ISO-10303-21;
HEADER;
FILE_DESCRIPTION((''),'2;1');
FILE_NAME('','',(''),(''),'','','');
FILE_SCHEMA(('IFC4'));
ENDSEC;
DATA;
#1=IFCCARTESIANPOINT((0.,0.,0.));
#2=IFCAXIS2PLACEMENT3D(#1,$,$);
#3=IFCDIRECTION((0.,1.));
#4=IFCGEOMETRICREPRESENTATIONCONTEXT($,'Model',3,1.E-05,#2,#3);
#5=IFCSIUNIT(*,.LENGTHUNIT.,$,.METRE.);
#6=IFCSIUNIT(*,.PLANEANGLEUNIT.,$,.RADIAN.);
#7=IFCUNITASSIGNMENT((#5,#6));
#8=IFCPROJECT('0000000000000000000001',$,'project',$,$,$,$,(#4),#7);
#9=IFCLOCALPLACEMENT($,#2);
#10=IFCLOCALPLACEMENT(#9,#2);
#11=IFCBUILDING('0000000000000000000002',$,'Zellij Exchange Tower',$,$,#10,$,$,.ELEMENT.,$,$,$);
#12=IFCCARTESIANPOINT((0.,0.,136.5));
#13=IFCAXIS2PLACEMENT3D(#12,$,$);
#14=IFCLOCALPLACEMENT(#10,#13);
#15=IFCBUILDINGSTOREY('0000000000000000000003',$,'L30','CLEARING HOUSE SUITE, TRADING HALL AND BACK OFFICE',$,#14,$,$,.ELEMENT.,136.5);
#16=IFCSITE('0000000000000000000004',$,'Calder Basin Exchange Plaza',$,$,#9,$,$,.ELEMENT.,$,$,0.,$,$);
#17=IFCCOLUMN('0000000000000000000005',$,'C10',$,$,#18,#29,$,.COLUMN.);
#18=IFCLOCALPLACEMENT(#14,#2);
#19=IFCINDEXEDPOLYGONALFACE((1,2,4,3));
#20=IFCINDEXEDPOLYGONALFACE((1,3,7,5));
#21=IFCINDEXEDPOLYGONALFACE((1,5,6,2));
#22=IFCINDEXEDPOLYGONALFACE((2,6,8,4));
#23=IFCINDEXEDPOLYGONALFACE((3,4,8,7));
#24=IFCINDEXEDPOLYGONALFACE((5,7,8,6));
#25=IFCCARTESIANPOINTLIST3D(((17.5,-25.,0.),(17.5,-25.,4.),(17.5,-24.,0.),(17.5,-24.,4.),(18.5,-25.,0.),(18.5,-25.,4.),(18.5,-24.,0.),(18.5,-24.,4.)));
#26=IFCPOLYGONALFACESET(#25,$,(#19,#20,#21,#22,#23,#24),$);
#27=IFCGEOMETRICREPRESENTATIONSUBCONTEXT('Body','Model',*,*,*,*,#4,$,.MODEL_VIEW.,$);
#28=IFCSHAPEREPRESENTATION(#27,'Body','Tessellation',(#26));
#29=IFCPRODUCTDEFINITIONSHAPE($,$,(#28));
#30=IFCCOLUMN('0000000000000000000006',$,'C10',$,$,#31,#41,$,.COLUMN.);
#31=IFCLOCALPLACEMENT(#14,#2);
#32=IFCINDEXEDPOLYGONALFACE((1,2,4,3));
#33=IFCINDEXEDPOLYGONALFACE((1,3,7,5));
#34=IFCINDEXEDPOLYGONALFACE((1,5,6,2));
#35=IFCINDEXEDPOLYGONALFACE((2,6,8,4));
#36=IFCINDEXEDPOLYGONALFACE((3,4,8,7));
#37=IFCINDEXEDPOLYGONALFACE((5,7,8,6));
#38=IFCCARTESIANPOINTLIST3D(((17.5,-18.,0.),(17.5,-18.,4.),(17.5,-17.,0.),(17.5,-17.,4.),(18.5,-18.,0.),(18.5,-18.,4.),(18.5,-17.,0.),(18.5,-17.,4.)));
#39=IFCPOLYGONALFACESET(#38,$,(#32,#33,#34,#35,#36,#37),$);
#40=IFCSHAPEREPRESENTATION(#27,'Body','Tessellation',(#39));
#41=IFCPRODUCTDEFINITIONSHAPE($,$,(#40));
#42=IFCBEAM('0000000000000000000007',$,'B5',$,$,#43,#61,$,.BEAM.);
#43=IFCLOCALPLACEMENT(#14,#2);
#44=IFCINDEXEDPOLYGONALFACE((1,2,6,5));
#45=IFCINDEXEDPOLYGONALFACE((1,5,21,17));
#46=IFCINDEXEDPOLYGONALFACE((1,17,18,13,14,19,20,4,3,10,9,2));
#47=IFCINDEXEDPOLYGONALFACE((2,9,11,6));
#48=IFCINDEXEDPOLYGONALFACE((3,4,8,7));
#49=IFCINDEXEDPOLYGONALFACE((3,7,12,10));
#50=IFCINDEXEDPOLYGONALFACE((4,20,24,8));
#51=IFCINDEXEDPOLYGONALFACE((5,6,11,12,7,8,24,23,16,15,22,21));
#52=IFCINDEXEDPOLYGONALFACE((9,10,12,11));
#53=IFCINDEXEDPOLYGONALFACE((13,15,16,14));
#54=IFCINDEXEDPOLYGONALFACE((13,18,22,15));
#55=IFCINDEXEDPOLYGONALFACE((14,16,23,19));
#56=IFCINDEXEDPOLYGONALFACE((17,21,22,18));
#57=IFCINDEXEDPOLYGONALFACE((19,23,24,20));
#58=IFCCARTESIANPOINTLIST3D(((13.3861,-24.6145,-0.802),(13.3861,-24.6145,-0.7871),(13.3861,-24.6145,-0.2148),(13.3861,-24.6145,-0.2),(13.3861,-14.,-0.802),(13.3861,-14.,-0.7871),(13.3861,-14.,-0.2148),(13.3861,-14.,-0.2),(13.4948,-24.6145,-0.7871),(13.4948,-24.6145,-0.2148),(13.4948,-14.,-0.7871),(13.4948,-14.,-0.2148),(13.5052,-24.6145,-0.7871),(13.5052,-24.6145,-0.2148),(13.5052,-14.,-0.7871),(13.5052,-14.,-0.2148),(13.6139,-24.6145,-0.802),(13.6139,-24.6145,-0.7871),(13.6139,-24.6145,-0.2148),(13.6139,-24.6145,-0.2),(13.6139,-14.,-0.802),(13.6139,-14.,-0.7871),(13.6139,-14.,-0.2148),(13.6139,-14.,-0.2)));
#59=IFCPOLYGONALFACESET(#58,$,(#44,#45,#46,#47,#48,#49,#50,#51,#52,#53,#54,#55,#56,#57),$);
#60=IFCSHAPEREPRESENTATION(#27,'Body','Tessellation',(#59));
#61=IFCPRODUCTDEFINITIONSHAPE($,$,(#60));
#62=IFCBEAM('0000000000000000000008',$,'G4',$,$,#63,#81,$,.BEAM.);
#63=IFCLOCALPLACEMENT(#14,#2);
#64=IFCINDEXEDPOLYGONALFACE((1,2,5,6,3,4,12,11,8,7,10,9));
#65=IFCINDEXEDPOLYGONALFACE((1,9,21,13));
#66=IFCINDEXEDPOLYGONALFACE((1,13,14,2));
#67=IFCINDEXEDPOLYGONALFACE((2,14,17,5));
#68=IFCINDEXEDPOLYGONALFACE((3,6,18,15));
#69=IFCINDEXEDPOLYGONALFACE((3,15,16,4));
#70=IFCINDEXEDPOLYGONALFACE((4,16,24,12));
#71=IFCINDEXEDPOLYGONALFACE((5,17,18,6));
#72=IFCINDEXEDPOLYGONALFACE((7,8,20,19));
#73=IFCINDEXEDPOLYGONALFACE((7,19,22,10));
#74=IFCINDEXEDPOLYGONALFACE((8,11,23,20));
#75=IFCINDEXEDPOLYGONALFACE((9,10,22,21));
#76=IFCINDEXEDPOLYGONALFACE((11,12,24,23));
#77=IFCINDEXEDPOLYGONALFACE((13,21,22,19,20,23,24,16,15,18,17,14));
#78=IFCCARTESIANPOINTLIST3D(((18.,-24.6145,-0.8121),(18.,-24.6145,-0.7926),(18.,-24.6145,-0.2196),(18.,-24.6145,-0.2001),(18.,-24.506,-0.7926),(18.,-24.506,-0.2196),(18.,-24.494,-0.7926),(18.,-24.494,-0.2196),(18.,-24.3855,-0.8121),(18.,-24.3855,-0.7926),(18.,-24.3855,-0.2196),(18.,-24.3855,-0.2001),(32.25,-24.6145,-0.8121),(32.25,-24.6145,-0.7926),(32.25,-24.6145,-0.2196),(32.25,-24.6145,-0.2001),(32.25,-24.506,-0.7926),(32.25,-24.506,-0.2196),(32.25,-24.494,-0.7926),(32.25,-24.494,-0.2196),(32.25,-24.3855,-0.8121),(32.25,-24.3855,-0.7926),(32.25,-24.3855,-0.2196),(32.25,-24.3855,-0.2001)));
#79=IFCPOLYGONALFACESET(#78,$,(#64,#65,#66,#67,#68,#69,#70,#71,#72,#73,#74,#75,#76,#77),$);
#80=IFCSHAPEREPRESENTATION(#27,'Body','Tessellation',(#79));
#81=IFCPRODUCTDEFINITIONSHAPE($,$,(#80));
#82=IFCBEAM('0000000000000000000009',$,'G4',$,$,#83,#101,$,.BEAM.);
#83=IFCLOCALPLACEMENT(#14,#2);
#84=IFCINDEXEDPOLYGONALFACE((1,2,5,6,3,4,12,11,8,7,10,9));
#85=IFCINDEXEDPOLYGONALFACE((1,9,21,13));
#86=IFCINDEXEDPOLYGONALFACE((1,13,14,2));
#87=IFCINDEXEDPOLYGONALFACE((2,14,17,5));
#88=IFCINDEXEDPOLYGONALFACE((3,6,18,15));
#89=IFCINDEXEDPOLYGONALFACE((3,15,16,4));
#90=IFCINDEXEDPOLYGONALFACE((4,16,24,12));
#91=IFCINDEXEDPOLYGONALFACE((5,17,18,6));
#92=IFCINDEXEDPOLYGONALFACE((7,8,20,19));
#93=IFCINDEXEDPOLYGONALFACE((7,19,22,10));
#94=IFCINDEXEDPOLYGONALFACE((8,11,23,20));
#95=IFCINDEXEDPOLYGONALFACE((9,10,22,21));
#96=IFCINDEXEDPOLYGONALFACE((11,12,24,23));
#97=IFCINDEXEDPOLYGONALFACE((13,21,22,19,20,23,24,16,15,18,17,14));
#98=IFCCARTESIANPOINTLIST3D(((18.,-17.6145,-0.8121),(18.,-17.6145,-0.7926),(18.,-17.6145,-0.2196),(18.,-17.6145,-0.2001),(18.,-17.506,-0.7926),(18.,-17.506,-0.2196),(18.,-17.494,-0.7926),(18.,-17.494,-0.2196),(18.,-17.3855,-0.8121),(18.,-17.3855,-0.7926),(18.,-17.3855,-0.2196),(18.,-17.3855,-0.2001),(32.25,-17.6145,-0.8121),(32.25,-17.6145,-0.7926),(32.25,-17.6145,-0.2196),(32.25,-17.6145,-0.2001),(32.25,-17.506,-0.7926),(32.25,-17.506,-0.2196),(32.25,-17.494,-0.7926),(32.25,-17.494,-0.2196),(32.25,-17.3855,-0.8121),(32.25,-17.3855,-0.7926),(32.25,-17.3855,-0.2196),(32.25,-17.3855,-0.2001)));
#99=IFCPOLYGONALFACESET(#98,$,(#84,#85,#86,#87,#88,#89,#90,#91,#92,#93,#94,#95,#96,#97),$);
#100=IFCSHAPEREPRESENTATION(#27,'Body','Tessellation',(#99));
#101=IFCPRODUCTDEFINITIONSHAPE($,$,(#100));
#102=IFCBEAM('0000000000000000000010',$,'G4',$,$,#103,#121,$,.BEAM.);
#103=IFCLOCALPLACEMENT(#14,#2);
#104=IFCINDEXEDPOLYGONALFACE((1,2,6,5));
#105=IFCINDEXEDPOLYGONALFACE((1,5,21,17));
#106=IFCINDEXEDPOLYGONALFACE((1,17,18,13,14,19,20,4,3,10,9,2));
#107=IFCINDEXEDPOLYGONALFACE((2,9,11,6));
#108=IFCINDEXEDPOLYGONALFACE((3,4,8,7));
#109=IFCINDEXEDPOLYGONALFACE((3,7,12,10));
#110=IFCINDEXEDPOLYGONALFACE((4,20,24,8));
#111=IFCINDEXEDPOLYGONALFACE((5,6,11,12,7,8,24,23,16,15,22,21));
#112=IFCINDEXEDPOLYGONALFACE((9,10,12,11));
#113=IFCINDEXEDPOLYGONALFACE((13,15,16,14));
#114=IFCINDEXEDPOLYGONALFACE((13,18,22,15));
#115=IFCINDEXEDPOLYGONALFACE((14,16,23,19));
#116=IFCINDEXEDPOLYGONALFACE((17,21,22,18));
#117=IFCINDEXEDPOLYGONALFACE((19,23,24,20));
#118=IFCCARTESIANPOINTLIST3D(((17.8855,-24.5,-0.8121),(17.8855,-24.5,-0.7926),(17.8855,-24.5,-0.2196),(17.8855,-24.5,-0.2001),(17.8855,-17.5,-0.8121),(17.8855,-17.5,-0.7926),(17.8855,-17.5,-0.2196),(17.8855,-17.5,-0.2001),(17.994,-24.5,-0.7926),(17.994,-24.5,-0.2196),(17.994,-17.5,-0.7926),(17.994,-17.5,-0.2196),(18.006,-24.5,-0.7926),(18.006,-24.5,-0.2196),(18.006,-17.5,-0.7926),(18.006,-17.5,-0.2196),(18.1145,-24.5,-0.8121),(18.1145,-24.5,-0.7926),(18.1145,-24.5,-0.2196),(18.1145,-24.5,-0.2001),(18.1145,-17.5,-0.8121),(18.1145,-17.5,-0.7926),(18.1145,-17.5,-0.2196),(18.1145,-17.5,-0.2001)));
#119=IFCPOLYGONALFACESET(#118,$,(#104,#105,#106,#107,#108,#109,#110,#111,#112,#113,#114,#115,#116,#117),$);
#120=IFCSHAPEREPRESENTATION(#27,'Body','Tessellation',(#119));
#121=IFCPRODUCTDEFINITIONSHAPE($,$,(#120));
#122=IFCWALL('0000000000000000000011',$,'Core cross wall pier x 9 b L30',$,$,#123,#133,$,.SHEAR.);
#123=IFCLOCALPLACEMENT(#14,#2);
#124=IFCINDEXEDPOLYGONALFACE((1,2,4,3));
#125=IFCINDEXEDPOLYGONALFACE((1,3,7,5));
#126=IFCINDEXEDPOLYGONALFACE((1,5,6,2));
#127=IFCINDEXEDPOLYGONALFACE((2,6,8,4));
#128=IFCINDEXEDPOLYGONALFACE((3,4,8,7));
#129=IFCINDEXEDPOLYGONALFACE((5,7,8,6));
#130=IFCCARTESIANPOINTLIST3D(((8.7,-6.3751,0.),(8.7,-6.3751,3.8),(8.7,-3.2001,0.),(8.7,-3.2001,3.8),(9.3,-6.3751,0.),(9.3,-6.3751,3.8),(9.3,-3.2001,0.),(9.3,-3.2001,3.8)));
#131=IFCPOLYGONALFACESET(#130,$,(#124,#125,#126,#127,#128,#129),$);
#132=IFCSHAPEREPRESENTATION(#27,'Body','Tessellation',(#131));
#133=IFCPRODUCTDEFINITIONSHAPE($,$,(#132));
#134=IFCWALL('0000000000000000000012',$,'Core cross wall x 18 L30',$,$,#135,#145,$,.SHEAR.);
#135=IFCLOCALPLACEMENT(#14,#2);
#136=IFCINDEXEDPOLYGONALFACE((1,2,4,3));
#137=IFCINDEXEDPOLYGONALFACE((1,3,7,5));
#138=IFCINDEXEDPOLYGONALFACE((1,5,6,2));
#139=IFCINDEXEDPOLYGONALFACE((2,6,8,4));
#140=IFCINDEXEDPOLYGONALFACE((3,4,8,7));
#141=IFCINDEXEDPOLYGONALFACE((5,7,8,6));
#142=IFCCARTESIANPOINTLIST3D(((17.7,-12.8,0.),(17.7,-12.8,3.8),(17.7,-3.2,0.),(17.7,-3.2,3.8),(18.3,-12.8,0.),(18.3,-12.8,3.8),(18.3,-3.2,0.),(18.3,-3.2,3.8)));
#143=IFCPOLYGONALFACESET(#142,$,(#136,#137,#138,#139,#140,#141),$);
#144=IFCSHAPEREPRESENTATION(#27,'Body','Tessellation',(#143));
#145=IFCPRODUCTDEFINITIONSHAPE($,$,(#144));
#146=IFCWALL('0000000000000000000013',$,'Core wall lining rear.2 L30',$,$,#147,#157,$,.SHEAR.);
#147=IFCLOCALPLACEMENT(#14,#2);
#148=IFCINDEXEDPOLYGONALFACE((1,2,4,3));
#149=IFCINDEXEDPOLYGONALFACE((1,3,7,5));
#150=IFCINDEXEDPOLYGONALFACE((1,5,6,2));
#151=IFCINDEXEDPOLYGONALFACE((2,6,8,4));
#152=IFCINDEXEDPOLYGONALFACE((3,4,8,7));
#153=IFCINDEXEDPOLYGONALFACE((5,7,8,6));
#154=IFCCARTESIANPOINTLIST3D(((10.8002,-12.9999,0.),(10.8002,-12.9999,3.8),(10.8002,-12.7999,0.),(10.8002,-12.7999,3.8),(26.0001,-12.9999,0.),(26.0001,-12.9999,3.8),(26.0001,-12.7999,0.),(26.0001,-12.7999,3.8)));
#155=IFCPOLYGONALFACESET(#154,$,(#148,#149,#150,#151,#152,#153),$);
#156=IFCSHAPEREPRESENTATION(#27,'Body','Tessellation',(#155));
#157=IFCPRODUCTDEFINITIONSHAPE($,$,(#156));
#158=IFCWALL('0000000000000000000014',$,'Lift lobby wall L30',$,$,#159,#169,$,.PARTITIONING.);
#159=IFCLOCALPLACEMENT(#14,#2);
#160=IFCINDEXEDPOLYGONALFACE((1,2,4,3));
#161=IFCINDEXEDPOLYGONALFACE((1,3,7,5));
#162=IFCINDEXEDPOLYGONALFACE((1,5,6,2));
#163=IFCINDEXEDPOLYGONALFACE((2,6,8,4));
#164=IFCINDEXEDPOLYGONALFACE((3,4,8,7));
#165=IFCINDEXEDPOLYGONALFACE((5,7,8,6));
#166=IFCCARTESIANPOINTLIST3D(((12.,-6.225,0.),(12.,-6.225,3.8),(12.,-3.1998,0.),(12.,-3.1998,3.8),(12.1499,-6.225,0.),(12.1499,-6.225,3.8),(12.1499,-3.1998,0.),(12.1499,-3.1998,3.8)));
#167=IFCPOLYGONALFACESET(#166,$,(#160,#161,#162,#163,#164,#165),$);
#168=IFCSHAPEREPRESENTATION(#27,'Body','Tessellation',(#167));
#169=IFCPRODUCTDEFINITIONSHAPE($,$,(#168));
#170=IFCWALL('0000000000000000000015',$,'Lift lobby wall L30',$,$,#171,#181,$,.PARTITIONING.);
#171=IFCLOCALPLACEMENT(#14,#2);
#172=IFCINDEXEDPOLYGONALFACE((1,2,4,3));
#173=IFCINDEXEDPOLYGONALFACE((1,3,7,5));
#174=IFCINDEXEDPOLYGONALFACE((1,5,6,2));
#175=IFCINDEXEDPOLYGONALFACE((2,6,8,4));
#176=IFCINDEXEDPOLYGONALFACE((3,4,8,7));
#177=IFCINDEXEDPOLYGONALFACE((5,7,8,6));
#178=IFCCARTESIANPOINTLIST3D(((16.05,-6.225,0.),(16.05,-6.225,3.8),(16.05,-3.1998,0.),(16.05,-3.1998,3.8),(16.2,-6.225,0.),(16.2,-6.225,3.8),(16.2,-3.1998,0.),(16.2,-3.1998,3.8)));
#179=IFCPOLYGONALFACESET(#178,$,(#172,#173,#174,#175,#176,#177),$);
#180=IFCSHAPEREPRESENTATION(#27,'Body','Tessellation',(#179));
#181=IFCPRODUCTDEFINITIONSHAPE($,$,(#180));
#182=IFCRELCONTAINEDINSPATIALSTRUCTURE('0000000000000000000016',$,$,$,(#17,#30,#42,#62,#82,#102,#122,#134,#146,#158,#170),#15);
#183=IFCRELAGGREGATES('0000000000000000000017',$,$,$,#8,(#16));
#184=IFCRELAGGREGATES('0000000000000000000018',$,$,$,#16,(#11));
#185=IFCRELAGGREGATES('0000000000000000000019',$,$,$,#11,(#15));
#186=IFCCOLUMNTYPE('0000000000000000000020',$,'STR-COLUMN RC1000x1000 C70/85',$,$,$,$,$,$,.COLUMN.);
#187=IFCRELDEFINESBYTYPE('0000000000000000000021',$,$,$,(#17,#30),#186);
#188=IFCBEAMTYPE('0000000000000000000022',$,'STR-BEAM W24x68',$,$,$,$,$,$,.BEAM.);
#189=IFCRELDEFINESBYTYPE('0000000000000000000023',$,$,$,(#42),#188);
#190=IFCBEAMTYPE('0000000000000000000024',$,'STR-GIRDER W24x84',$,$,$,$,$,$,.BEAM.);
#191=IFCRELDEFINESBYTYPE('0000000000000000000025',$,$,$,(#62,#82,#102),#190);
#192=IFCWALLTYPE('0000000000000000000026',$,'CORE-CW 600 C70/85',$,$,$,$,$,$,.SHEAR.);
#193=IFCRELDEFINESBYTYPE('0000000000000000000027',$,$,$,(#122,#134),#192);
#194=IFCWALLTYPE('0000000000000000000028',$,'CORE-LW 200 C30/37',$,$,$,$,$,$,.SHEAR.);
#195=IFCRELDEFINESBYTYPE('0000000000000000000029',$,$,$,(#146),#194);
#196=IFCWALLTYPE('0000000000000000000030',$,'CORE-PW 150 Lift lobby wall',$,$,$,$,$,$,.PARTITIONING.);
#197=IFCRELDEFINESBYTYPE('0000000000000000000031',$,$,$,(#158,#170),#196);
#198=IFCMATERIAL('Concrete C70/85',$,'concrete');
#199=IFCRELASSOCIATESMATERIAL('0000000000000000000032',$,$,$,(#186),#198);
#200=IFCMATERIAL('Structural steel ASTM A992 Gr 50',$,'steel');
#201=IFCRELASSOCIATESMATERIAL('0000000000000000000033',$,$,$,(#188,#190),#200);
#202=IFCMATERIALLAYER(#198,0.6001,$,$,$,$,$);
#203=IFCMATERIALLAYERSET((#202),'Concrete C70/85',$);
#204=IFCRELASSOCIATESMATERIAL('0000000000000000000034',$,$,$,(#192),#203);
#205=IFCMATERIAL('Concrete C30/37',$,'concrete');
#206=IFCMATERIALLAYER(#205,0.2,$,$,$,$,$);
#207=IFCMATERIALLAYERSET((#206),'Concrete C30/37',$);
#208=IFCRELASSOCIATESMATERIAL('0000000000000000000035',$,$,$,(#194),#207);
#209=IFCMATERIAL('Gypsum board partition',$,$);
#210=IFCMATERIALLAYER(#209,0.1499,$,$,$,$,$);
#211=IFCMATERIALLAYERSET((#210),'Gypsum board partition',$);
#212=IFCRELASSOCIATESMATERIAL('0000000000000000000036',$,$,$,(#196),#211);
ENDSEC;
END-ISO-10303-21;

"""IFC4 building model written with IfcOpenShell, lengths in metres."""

from ifc_helpers import new_model, si_unit, direction, frame, frame_2d, origin, origin_2d, place, context, subcontext, project, spatial, rectangle, i_section, extrude, material, layer, layer_set, material_profile, profile_set, type_object, element, save


model = new_model("IFC4")

# Units and contexts
model_context = context("Model", 3, precision=1e-05, world=origin(), true_north=direction((0.0, 1.0)))
body_context = subcontext(model_context, "Body", "Model", "MODEL_VIEW")
ifc_project = project(units=[si_unit("LENGTHUNIT", "METRE"), si_unit("PLANEANGLEUNIT", "RADIAN")], contexts=[model_context])

# Site, building, storey
site_placement = place(None, origin())
site = spatial("IfcSite", under=ifc_project, at=site_placement, Name="Calder Basin Exchange Plaza", CompositionType="ELEMENT", RefElevation=0.0)
building_placement = place(site_placement, origin())
building = spatial("IfcBuilding", under=site, at=building_placement, Name="Zellij Exchange Tower", CompositionType="ELEMENT")
storey_placement = place(building_placement, frame((0.0, 0.0, 136.5)))
storey = spatial("IfcBuildingStorey", under=building, at=storey_placement, Name="L30", Description="CLEARING HOUSE SUITE, TRADING HALL AND BACK OFFICE", CompositionType="ELEMENT", Elevation=136.5)

# Columns
ifc_material_1 = material(Name="Concrete C70/85", Category="concrete")
ifc_material_profile_1 = material_profile(ifc_material_1, rectangle(XDim=1.0, YDim=1.0, at=origin_2d()), Name="STR-COLUMN RC1000x1000 C70/85")
ifc_profile_set_1 = profile_set([ifc_material_profile_1], Name="Concrete C70/85")
column_type = type_object("IfcColumnType", Name="STR-COLUMN RC1000x1000 C70/85", PredefinedType="COLUMN", material=ifc_profile_set_1)
for number, where, z_axis, x_axis, name in (
    (1, (18.0, -24.5, 0.0), (0.0, 0.0, 1.0), (1.0, 0.0, 0.0), "C10"),
    (2, (18.0, -17.5, 0.0), (0.0, 0.0, 1.0), (1.0, 0.0, 0.0), "C10"),
):
    element("IfcColumn", number, at=place(storey_placement, frame(where, z_axis=z_axis, x_axis=x_axis)), inside=storey, type_object=column_type, Name=name, PredefinedType="COLUMN", context=body_context, shape_type="SweptSolid", body=[
        extrude(rectangle(XDim=1.0, YDim=1.0, at=origin_2d()), origin(), (0.0, 0.0, 1.0), 4.0),
    ])

# Beams
ifc_material_2 = material(Name="Structural steel ASTM A992 Gr 50", Category="steel")
ifc_material_profile_2 = material_profile(ifc_material_2, i_section(OverallWidth=0.2278, OverallDepth=0.6021, WebThickness=0.0105, FlangeThickness=0.0149, at=origin_2d()), Name="W24x68")
ifc_profile_set_2 = profile_set([ifc_material_profile_2], Name="Structural steel ASTM A992 Gr 50")
beam_type_1 = type_object("IfcBeamType", Name="STR-BEAM W24x68", PredefinedType="BEAM", material=ifc_profile_set_2)
beam_1_placement = place(storey_placement, frame((13.5, -24.6145, -0.501), z_axis=(0.0, 1.0, 0.0), x_axis=(-1.0, 0.0, 0.0)))
element("IfcBeam", 3, at=beam_1_placement, inside=storey, type_object=beam_type_1, Name="B5", PredefinedType="BEAM", context=body_context, shape_type="SweptSolid", body=[
    extrude(i_section(OverallWidth=0.2278, OverallDepth=0.6021, WebThickness=0.0105, FlangeThickness=0.0149, at=origin_2d()), origin(), (0.0, 0.0, 1.0), 10.6145),
])
ifc_material_profile_3 = material_profile(ifc_material_2, i_section(OverallWidth=0.229, OverallDepth=0.6121, WebThickness=0.012, FlangeThickness=0.0195, at=origin_2d()), Name="W24x84")
ifc_profile_set_3 = profile_set([ifc_material_profile_3], Name="Structural steel ASTM A992 Gr 50")
beam_type_2 = type_object("IfcBeamType", Name="STR-GIRDER W24x84", PredefinedType="BEAM", material=ifc_profile_set_3)
for number, where, z_axis, x_axis, name in (
    (4, (18.0, -24.5, -0.5061), (1.0, 0.0, 0.0), (0.0, 1.0, 0.0), "G4"),
    (5, (18.0, -17.5, -0.5061), (1.0, 0.0, 0.0), (0.0, 1.0, 0.0), "G4"),
):
    element("IfcBeam", number, at=place(storey_placement, frame(where, z_axis=z_axis, x_axis=x_axis)), inside=storey, type_object=beam_type_2, Name=name, PredefinedType="BEAM", context=body_context, shape_type="SweptSolid", body=[
        extrude(i_section(OverallWidth=0.229, OverallDepth=0.6121, WebThickness=0.012, FlangeThickness=0.0195, at=origin_2d()), origin(), (0.0, 0.0, 1.0), 14.25),
    ])
beam_2_placement = place(storey_placement, frame((18.0, -24.5, -0.5061), z_axis=(0.0, 1.0, 0.0), x_axis=(-1.0, 0.0, 0.0)))
element("IfcBeam", 6, at=beam_2_placement, inside=storey, type_object=beam_type_2, Name="G4", PredefinedType="BEAM", context=body_context, shape_type="SweptSolid", body=[
    extrude(i_section(OverallWidth=0.229, OverallDepth=0.6121, WebThickness=0.012, FlangeThickness=0.0195, at=origin_2d()), origin(), (0.0, 0.0, 1.0), 7.0),
])

# Walls
ifc_layer_1 = layer(ifc_material_1, 0.6001)
ifc_layer_set_1 = layer_set([ifc_layer_1], Name="Concrete C70/85")
wall_type_1 = type_object("IfcWallType", Name="CORE-CW 600 C70/85", PredefinedType="SHEAR", material=ifc_layer_set_1)
wall_1_placement = place(storey_placement, frame((9.0, -6.375, 0.0), z_axis=(0.0, 0.0, 1.0), x_axis=(0.0, 1.0, 0.0)))
element("IfcWall", 7, at=wall_1_placement, inside=storey, type_object=wall_type_1, Name="Core cross wall pier x 9 b L30", PredefinedType="SHEAR", context=body_context, shape_type="SweptSolid", body=[
    extrude(rectangle(XDim=3.175, YDim=0.6001, at=frame_2d((1.5874, 0.0))), origin(), (0.0, 0.0, 1.0), 3.8),
])
wall_2_placement = place(storey_placement, frame((18.0, -12.8, 0.0), z_axis=(0.0, 0.0, 1.0), x_axis=(0.0, 1.0, 0.0)))
element("IfcWall", 8, at=wall_2_placement, inside=storey, type_object=wall_type_1, Name="Core cross wall x 18 L30", PredefinedType="SHEAR", context=body_context, shape_type="SweptSolid", body=[
    extrude(rectangle(XDim=9.6001, YDim=0.6001, at=frame_2d((4.8, 0.0))), origin(), (0.0, 0.0, 1.0), 3.8),
])
ifc_material_3 = material(Name="Concrete C30/37", Category="concrete")
ifc_layer_2 = layer(ifc_material_3, 0.2)
ifc_layer_set_2 = layer_set([ifc_layer_2], Name="Concrete C30/37")
wall_type_2 = type_object("IfcWallType", Name="CORE-LW 200 C30/37", PredefinedType="SHEAR", material=ifc_layer_set_2)
wall_3_placement = place(storey_placement, frame((10.8, -12.8999, 0.0), z_axis=(0.0, 0.0, 1.0), x_axis=(1.0, 0.0, 0.0)))
element("IfcWall", 9, at=wall_3_placement, inside=storey, type_object=wall_type_2, Name="Core wall lining rear.2 L30", PredefinedType="SHEAR", context=body_context, shape_type="SweptSolid", body=[
    extrude(rectangle(XDim=15.2, YDim=0.2, at=frame_2d((7.6001, 0.0))), origin(), (0.0, 0.0, 1.0), 3.8),
])
ifc_material_4 = material(Name="Gypsum board partition")
ifc_layer_3 = layer(ifc_material_4, 0.1499)
ifc_layer_set_3 = layer_set([ifc_layer_3], Name="Gypsum board partition")
wall_type_3 = type_object("IfcWallType", Name="CORE-PW 150 Lift lobby wall", PredefinedType="PARTITIONING", material=ifc_layer_set_3)
for number, where, z_axis, x_axis, name in (
    (10, (12.075, -6.2251, 0.0), (0.0, 0.0, 1.0), (0.0, 1.0, 0.0), "Lift lobby wall L30"),
    (11, (16.125, -6.2251, 0.0), (0.0, 0.0, 1.0), (0.0, 1.0, 0.0), "Lift lobby wall L30"),
):
    element("IfcWall", number, at=place(storey_placement, frame(where, z_axis=z_axis, x_axis=x_axis)), inside=storey, type_object=wall_type_3, Name=name, PredefinedType="PARTITIONING", context=body_context, shape_type="SweptSolid", body=[
        extrude(rectangle(XDim=3.0251, YDim=0.1499, at=frame_2d((1.5127, 0.0))), origin(), (0.0, 0.0, 1.0), 3.8),
    ])

save(model, "model.ifc")
